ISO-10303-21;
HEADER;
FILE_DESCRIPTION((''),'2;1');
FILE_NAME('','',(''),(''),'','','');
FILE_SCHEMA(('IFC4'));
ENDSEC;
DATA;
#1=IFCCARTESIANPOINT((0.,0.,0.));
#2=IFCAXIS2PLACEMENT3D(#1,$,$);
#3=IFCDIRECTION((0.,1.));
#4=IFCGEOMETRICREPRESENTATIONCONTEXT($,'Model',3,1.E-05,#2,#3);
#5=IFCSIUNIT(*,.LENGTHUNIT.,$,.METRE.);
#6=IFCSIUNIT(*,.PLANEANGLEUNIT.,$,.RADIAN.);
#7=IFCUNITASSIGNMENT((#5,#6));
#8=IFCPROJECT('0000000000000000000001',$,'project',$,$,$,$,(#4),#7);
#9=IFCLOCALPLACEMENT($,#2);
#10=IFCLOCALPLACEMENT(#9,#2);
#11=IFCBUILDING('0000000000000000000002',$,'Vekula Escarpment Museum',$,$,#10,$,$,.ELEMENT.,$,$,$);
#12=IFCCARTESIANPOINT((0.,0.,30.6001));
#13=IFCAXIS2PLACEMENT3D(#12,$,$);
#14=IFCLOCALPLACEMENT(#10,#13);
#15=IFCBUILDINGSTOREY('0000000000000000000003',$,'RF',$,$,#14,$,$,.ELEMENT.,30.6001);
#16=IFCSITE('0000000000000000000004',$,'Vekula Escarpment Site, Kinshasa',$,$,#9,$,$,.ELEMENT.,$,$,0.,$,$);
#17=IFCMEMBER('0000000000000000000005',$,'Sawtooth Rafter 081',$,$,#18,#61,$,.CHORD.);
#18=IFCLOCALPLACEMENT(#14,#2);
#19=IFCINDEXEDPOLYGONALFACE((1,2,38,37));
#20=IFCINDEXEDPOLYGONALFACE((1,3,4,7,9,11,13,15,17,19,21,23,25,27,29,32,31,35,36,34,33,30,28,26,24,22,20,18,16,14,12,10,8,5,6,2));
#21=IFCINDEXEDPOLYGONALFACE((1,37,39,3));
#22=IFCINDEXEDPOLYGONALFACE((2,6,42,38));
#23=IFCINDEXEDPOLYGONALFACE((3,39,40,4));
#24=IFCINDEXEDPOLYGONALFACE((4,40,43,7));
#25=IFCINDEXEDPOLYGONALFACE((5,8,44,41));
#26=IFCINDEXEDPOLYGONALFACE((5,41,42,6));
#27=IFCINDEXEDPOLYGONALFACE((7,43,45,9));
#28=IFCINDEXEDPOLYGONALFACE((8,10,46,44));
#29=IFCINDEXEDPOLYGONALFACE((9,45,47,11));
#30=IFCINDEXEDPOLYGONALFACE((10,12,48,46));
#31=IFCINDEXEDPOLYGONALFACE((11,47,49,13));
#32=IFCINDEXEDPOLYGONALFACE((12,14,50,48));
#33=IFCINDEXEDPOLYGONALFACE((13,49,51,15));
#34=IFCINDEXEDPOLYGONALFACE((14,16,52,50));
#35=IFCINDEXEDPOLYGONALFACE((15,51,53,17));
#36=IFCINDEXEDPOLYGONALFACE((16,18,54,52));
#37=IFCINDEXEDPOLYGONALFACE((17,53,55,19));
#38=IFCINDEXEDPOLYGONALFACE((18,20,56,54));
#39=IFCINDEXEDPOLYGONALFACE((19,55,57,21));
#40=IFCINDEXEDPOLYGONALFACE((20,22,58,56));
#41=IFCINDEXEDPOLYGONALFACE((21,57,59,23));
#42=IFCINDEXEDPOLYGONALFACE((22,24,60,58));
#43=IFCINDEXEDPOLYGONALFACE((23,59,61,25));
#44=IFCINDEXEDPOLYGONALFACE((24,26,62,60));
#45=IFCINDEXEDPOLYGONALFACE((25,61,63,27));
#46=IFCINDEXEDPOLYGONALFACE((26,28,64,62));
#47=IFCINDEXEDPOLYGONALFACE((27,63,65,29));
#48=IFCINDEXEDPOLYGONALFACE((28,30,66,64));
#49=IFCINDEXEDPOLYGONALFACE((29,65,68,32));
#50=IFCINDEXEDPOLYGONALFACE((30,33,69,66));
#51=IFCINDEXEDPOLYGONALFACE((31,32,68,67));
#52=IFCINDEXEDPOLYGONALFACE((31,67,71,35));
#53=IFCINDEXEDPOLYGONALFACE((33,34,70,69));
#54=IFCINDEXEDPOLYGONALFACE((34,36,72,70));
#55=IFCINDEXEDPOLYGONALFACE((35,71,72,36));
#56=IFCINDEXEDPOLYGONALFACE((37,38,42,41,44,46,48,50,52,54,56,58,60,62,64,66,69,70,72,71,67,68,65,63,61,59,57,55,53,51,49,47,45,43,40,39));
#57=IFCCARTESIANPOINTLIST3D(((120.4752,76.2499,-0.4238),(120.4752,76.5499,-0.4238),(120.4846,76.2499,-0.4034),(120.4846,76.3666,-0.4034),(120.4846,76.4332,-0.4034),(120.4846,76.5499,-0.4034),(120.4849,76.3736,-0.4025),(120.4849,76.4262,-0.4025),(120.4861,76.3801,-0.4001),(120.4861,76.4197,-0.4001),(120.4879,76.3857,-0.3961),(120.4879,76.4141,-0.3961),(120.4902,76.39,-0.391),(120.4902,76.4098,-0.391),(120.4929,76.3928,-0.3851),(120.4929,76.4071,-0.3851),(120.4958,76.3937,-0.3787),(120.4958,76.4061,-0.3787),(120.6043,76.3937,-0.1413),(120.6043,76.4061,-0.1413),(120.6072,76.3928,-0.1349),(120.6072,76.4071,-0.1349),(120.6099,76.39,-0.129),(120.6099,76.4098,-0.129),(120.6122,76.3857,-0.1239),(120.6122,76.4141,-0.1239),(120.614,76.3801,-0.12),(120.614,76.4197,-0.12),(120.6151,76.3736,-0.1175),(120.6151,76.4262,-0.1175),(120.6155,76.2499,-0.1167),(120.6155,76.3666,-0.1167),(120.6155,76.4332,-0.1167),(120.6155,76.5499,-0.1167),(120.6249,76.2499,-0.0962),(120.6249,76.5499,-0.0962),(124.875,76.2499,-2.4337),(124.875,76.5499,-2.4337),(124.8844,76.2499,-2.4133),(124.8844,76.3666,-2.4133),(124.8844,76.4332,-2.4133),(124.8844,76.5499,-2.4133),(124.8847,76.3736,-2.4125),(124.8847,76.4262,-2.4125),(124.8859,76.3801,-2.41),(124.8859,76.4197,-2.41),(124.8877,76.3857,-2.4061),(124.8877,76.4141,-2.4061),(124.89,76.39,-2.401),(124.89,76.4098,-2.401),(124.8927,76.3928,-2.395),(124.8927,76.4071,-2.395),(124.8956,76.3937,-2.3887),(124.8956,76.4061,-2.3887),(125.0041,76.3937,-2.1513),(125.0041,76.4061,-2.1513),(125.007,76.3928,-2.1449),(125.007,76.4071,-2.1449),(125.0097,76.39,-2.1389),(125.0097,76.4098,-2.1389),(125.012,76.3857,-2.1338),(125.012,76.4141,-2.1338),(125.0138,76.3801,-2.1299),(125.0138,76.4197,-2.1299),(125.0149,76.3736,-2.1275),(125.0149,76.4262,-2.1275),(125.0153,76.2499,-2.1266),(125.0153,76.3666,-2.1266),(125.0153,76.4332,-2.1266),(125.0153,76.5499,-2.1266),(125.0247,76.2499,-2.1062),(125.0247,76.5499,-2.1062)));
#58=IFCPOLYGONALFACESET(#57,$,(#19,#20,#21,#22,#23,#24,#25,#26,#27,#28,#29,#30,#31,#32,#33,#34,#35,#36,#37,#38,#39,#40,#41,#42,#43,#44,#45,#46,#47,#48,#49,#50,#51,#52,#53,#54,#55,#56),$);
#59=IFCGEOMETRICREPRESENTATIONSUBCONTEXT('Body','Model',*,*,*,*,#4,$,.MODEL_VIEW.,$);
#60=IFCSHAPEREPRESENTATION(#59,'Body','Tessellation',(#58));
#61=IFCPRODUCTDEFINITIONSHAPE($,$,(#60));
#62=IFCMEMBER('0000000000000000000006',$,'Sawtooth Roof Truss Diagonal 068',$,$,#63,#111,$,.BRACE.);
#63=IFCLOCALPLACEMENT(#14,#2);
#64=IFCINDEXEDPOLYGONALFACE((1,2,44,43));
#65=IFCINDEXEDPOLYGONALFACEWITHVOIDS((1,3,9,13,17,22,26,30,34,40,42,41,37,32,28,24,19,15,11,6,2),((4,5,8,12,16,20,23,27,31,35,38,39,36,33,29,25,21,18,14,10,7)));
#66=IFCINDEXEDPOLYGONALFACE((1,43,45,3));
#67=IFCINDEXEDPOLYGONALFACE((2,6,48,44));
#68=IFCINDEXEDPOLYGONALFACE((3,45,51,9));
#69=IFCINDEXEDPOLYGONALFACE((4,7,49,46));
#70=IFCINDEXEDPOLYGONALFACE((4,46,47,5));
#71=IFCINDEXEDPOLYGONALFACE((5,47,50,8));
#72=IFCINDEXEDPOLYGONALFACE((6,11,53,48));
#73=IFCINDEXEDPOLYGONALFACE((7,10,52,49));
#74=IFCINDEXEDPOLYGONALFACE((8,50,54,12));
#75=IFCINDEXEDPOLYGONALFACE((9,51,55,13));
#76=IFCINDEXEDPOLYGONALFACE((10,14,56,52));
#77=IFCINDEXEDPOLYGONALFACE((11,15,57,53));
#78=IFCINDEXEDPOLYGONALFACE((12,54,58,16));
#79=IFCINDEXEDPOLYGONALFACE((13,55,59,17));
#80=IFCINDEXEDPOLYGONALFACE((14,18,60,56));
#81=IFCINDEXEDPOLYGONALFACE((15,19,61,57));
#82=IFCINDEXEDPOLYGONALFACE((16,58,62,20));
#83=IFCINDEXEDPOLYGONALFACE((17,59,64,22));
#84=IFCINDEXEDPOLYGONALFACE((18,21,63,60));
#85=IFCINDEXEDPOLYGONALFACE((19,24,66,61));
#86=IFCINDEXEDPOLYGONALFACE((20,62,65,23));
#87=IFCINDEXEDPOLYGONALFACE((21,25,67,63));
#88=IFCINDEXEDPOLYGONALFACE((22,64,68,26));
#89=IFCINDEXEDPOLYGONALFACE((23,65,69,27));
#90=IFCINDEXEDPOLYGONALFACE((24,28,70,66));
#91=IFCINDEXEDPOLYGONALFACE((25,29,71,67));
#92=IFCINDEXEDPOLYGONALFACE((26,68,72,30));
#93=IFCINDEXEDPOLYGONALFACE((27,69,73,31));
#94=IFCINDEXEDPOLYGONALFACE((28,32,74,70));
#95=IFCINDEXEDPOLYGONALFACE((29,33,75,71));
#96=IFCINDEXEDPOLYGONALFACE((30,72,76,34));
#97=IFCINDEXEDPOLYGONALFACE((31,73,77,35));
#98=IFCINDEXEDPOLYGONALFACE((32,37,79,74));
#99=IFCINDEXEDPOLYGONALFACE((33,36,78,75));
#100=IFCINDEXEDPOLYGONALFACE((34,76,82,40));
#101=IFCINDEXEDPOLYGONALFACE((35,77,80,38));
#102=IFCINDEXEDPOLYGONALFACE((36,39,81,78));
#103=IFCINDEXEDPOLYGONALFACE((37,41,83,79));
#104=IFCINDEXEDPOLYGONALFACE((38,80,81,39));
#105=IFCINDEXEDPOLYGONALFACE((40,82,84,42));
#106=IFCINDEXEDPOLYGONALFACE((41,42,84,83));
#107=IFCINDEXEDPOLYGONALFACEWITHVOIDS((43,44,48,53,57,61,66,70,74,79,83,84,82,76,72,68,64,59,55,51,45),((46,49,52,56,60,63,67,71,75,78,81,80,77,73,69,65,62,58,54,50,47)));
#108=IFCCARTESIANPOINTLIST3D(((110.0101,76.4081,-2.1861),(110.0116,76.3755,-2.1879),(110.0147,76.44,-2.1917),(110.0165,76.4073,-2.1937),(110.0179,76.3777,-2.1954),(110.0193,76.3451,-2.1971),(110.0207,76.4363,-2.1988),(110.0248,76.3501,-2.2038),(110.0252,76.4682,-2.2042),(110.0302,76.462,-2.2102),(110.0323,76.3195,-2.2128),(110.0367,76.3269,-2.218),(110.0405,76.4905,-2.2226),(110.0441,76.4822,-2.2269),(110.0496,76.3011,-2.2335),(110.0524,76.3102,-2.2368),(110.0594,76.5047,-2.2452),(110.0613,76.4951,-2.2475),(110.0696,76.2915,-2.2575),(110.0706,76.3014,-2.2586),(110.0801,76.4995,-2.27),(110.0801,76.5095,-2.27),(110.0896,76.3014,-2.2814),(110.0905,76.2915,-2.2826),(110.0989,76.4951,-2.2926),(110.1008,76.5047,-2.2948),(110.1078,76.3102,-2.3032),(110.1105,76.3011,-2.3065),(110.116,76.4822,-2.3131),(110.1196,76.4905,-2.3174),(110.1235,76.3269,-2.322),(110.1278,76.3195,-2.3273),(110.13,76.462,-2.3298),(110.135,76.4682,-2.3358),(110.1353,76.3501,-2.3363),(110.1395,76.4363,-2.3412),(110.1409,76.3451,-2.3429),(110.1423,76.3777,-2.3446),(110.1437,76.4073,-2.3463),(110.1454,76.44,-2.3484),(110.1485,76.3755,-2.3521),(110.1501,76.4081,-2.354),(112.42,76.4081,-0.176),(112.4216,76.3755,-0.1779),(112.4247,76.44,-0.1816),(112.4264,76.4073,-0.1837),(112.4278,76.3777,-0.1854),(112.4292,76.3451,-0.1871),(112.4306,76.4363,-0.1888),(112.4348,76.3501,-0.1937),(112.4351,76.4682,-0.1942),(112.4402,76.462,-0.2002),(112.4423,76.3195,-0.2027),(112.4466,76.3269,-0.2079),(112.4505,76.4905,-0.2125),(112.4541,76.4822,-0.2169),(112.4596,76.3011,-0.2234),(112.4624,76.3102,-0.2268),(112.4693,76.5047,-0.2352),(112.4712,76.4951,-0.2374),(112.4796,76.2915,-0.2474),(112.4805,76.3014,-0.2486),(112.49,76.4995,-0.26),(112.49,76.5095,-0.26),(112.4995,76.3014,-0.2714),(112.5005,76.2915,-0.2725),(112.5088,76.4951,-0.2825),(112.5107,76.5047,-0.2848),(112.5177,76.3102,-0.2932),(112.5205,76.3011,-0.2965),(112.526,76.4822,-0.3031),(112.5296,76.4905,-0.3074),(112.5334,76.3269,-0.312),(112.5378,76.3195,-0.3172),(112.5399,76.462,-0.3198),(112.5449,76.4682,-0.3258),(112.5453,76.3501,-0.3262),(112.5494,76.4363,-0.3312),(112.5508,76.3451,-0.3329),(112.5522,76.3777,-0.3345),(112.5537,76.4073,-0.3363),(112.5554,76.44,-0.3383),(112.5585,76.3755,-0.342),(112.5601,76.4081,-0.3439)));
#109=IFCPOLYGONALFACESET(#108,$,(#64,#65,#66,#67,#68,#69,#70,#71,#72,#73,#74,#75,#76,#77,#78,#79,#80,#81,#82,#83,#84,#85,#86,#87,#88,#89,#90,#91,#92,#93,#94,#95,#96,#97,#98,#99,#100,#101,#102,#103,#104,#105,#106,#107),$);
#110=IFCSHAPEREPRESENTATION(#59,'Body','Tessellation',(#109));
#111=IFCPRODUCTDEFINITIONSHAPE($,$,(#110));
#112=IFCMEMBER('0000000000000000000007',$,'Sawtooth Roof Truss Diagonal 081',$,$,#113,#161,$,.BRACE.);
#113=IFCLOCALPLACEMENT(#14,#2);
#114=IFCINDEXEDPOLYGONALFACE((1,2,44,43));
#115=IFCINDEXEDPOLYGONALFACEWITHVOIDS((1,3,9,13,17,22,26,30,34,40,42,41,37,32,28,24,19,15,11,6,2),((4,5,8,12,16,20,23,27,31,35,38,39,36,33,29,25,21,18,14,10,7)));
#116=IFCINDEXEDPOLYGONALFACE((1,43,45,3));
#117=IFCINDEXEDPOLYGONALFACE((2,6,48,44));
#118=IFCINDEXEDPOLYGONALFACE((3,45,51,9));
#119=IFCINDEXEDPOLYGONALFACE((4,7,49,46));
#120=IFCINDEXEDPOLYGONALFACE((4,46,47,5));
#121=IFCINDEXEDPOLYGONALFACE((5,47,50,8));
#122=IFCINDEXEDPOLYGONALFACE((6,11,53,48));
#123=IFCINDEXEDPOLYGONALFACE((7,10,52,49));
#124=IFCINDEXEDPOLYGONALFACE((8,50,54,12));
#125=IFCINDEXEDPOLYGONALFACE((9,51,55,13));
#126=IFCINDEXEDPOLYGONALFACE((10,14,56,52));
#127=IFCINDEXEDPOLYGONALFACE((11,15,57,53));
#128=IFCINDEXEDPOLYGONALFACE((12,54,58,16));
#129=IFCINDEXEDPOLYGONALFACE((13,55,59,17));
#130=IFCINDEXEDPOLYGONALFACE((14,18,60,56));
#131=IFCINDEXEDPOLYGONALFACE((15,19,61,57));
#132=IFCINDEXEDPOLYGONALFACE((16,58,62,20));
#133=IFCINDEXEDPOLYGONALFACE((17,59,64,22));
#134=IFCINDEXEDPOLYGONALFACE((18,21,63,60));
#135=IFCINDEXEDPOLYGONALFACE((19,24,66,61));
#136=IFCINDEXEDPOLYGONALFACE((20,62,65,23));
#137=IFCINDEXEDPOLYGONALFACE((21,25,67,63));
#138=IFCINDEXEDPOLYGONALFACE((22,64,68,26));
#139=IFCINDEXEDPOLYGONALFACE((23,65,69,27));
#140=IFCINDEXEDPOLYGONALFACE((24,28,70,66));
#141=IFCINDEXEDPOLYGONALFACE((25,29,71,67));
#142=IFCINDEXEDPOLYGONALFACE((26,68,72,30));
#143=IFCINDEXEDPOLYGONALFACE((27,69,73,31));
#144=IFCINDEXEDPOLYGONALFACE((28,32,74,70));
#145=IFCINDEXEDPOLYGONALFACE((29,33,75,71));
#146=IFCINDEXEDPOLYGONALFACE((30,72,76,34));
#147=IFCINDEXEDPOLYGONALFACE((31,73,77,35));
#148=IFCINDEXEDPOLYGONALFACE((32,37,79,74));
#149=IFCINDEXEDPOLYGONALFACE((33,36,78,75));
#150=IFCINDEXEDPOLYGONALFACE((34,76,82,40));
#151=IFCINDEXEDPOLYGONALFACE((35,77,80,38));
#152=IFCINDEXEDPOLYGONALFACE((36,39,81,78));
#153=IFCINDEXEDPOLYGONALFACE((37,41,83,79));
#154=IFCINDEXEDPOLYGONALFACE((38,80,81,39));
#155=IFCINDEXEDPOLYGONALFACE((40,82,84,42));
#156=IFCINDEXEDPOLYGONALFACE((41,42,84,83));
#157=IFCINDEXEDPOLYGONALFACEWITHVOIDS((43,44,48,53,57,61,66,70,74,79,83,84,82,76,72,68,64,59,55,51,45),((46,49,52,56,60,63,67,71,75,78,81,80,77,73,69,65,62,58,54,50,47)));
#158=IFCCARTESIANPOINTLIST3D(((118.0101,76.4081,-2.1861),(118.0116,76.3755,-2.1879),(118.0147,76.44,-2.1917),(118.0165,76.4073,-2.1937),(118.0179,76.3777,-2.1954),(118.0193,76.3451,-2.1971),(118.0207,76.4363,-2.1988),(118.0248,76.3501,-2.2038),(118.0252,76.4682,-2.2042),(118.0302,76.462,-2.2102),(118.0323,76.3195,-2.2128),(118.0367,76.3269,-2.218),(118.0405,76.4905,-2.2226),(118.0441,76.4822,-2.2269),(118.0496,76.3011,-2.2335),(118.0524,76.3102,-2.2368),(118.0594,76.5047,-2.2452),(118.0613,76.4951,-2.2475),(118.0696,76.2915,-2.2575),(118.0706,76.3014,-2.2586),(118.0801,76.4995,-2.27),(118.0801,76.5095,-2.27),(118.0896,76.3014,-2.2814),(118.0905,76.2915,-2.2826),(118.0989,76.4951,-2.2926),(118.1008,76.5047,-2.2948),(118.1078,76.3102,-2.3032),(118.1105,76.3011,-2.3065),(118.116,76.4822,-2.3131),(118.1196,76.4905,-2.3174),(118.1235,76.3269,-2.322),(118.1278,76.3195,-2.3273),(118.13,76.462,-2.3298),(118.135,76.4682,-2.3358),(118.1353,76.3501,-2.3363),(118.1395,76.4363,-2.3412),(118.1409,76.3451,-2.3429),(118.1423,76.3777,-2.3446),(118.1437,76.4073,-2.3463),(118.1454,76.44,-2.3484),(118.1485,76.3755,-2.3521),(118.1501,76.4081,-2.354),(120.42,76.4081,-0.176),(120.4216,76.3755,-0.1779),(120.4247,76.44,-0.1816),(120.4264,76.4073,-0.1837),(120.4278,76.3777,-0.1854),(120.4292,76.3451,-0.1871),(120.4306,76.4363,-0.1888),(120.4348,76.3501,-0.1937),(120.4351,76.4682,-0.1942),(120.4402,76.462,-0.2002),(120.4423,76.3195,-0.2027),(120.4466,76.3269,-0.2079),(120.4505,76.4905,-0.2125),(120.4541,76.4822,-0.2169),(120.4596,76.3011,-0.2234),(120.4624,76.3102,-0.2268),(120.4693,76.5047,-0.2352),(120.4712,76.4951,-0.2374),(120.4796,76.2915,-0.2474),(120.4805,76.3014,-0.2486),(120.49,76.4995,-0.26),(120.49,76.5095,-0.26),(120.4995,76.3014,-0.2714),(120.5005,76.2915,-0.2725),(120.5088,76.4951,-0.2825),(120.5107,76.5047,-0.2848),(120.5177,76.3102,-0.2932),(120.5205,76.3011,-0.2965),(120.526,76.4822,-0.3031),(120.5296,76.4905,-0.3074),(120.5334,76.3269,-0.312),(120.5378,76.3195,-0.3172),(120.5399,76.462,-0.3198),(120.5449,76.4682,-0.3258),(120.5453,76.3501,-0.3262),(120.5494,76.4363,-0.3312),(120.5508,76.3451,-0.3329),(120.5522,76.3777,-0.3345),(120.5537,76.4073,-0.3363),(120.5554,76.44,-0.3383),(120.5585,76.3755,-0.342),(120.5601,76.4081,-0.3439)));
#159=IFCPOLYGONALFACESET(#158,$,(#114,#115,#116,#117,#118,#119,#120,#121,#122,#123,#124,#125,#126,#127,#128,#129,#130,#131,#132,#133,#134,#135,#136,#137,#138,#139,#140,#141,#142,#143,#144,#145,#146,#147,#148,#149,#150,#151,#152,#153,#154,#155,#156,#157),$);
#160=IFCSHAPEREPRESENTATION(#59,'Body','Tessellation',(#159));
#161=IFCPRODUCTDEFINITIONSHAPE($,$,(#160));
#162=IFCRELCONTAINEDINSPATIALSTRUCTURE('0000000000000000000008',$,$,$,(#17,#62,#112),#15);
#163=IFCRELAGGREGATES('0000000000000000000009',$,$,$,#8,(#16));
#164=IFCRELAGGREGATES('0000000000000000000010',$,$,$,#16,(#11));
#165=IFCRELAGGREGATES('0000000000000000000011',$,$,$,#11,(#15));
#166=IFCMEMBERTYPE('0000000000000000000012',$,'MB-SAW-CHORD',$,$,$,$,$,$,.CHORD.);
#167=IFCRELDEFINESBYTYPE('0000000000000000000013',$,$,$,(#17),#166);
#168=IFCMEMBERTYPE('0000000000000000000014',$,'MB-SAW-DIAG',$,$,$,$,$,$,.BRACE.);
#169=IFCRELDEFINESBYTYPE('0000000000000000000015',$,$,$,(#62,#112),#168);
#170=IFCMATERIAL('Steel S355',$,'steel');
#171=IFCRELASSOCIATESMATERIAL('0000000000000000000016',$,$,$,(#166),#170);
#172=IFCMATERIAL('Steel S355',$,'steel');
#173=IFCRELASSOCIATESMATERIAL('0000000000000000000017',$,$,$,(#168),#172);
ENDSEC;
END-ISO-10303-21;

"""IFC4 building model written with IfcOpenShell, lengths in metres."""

from ifc_helpers import new_model, si_unit, direction, frame, origin, origin_2d, place, context, subcontext, project, spatial, hollow_circle, i_section, extrude, material, material_profile, profile_set, type_object, element, save


model = new_model("IFC4")

# Units and contexts
model_context = context("Model", 3, precision=1e-05, world=origin(), true_north=direction((0.0, 1.0)))
body_context = subcontext(model_context, "Body", "Model", "MODEL_VIEW")
ifc_project = project(units=[si_unit("LENGTHUNIT", "METRE"), si_unit("PLANEANGLEUNIT", "RADIAN")], contexts=[model_context])

# Site, building, storey
site_placement = place(None, origin())
site = spatial("IfcSite", under=ifc_project, at=site_placement, Name="Vekula Escarpment Site, Kinshasa", CompositionType="ELEMENT", RefElevation=0.0)
building_placement = place(site_placement, origin())
building = spatial("IfcBuilding", under=site, at=building_placement, Name="Vekula Escarpment Museum", CompositionType="ELEMENT")
storey_placement = place(building_placement, frame((0.0, 0.0, 30.6001)))
storey = spatial("IfcBuildingStorey", under=building, at=storey_placement, Name="RF", CompositionType="ELEMENT", Elevation=30.6001)

# Members
ifc_material_1 = material(Name="Steel S355", Category="steel")
ifc_material_profile_1 = material_profile(ifc_material_1, i_section(OverallWidth=0.3, OverallDepth=0.3601, WebThickness=0.0125, FlangeThickness=0.0225, FilletRadius=0.0271, at=origin_2d()), Name="HEB 360")
ifc_profile_set_1 = profile_set([ifc_material_profile_1], Name="Steel S355")
member_type_1 = type_object("IfcMemberType", Name="MB-SAW-CHORD", PredefinedType="CHORD", material=ifc_profile_set_1)
member_1_placement = place(storey_placement, frame((120.55, 76.3999, -0.26), z_axis=(0.909582, 0.0, -0.415525), x_axis=(0.0, 1.0, 0.0)))
element("IfcMember", 1, at=member_1_placement, inside=storey, type_object=member_type_1, Name="Sawtooth Rafter 081", PredefinedType="CHORD", context=body_context, shape_type="SweptSolid", body=[
    extrude(i_section(OverallWidth=0.3, OverallDepth=0.3601, WebThickness=0.0125, FlangeThickness=0.0225, FilletRadius=0.0271, at=origin_2d()), origin(), (0.0, 0.0, 1.0), 4.8372),
])
ifc_material_2 = material(Name="Steel S355", Category="steel")
ifc_material_profile_2 = material_profile(ifc_material_2, hollow_circle(Radius=0.1096, WallThickness=0.01, at=origin_2d()), Name="CHS 219.1x10")
ifc_profile_set_2 = profile_set([ifc_material_profile_2], Name="Steel S355")
member_type_2 = type_object("IfcMemberType", Name="MB-SAW-DIAG", PredefinedType="BRACE", material=ifc_profile_set_2)
for number, where, z_axis, x_axis, name in (
    (2, (110.0801, 76.3999, -2.27), (0.767947, 0.0, 0.640513), (0.0, 1.0, 0.0), "Sawtooth Roof Truss Diagonal 068"),
    (3, (118.0801, 76.3999, -2.27), (0.767947, 0.0, 0.640513), (0.0, 1.0, 0.0), "Sawtooth Roof Truss Diagonal 081"),
):
    element("IfcMember", number, at=place(storey_placement, frame(where, z_axis=z_axis, x_axis=x_axis)), inside=storey, type_object=member_type_2, Name=name, PredefinedType="BRACE", context=body_context, shape_type="SweptSolid", body=[
        extrude(hollow_circle(Radius=0.1096, WallThickness=0.01, at=origin_2d()), origin(), (0.0, 0.0, 1.0), 3.1382),
    ])

save(model, "model.ifc")
